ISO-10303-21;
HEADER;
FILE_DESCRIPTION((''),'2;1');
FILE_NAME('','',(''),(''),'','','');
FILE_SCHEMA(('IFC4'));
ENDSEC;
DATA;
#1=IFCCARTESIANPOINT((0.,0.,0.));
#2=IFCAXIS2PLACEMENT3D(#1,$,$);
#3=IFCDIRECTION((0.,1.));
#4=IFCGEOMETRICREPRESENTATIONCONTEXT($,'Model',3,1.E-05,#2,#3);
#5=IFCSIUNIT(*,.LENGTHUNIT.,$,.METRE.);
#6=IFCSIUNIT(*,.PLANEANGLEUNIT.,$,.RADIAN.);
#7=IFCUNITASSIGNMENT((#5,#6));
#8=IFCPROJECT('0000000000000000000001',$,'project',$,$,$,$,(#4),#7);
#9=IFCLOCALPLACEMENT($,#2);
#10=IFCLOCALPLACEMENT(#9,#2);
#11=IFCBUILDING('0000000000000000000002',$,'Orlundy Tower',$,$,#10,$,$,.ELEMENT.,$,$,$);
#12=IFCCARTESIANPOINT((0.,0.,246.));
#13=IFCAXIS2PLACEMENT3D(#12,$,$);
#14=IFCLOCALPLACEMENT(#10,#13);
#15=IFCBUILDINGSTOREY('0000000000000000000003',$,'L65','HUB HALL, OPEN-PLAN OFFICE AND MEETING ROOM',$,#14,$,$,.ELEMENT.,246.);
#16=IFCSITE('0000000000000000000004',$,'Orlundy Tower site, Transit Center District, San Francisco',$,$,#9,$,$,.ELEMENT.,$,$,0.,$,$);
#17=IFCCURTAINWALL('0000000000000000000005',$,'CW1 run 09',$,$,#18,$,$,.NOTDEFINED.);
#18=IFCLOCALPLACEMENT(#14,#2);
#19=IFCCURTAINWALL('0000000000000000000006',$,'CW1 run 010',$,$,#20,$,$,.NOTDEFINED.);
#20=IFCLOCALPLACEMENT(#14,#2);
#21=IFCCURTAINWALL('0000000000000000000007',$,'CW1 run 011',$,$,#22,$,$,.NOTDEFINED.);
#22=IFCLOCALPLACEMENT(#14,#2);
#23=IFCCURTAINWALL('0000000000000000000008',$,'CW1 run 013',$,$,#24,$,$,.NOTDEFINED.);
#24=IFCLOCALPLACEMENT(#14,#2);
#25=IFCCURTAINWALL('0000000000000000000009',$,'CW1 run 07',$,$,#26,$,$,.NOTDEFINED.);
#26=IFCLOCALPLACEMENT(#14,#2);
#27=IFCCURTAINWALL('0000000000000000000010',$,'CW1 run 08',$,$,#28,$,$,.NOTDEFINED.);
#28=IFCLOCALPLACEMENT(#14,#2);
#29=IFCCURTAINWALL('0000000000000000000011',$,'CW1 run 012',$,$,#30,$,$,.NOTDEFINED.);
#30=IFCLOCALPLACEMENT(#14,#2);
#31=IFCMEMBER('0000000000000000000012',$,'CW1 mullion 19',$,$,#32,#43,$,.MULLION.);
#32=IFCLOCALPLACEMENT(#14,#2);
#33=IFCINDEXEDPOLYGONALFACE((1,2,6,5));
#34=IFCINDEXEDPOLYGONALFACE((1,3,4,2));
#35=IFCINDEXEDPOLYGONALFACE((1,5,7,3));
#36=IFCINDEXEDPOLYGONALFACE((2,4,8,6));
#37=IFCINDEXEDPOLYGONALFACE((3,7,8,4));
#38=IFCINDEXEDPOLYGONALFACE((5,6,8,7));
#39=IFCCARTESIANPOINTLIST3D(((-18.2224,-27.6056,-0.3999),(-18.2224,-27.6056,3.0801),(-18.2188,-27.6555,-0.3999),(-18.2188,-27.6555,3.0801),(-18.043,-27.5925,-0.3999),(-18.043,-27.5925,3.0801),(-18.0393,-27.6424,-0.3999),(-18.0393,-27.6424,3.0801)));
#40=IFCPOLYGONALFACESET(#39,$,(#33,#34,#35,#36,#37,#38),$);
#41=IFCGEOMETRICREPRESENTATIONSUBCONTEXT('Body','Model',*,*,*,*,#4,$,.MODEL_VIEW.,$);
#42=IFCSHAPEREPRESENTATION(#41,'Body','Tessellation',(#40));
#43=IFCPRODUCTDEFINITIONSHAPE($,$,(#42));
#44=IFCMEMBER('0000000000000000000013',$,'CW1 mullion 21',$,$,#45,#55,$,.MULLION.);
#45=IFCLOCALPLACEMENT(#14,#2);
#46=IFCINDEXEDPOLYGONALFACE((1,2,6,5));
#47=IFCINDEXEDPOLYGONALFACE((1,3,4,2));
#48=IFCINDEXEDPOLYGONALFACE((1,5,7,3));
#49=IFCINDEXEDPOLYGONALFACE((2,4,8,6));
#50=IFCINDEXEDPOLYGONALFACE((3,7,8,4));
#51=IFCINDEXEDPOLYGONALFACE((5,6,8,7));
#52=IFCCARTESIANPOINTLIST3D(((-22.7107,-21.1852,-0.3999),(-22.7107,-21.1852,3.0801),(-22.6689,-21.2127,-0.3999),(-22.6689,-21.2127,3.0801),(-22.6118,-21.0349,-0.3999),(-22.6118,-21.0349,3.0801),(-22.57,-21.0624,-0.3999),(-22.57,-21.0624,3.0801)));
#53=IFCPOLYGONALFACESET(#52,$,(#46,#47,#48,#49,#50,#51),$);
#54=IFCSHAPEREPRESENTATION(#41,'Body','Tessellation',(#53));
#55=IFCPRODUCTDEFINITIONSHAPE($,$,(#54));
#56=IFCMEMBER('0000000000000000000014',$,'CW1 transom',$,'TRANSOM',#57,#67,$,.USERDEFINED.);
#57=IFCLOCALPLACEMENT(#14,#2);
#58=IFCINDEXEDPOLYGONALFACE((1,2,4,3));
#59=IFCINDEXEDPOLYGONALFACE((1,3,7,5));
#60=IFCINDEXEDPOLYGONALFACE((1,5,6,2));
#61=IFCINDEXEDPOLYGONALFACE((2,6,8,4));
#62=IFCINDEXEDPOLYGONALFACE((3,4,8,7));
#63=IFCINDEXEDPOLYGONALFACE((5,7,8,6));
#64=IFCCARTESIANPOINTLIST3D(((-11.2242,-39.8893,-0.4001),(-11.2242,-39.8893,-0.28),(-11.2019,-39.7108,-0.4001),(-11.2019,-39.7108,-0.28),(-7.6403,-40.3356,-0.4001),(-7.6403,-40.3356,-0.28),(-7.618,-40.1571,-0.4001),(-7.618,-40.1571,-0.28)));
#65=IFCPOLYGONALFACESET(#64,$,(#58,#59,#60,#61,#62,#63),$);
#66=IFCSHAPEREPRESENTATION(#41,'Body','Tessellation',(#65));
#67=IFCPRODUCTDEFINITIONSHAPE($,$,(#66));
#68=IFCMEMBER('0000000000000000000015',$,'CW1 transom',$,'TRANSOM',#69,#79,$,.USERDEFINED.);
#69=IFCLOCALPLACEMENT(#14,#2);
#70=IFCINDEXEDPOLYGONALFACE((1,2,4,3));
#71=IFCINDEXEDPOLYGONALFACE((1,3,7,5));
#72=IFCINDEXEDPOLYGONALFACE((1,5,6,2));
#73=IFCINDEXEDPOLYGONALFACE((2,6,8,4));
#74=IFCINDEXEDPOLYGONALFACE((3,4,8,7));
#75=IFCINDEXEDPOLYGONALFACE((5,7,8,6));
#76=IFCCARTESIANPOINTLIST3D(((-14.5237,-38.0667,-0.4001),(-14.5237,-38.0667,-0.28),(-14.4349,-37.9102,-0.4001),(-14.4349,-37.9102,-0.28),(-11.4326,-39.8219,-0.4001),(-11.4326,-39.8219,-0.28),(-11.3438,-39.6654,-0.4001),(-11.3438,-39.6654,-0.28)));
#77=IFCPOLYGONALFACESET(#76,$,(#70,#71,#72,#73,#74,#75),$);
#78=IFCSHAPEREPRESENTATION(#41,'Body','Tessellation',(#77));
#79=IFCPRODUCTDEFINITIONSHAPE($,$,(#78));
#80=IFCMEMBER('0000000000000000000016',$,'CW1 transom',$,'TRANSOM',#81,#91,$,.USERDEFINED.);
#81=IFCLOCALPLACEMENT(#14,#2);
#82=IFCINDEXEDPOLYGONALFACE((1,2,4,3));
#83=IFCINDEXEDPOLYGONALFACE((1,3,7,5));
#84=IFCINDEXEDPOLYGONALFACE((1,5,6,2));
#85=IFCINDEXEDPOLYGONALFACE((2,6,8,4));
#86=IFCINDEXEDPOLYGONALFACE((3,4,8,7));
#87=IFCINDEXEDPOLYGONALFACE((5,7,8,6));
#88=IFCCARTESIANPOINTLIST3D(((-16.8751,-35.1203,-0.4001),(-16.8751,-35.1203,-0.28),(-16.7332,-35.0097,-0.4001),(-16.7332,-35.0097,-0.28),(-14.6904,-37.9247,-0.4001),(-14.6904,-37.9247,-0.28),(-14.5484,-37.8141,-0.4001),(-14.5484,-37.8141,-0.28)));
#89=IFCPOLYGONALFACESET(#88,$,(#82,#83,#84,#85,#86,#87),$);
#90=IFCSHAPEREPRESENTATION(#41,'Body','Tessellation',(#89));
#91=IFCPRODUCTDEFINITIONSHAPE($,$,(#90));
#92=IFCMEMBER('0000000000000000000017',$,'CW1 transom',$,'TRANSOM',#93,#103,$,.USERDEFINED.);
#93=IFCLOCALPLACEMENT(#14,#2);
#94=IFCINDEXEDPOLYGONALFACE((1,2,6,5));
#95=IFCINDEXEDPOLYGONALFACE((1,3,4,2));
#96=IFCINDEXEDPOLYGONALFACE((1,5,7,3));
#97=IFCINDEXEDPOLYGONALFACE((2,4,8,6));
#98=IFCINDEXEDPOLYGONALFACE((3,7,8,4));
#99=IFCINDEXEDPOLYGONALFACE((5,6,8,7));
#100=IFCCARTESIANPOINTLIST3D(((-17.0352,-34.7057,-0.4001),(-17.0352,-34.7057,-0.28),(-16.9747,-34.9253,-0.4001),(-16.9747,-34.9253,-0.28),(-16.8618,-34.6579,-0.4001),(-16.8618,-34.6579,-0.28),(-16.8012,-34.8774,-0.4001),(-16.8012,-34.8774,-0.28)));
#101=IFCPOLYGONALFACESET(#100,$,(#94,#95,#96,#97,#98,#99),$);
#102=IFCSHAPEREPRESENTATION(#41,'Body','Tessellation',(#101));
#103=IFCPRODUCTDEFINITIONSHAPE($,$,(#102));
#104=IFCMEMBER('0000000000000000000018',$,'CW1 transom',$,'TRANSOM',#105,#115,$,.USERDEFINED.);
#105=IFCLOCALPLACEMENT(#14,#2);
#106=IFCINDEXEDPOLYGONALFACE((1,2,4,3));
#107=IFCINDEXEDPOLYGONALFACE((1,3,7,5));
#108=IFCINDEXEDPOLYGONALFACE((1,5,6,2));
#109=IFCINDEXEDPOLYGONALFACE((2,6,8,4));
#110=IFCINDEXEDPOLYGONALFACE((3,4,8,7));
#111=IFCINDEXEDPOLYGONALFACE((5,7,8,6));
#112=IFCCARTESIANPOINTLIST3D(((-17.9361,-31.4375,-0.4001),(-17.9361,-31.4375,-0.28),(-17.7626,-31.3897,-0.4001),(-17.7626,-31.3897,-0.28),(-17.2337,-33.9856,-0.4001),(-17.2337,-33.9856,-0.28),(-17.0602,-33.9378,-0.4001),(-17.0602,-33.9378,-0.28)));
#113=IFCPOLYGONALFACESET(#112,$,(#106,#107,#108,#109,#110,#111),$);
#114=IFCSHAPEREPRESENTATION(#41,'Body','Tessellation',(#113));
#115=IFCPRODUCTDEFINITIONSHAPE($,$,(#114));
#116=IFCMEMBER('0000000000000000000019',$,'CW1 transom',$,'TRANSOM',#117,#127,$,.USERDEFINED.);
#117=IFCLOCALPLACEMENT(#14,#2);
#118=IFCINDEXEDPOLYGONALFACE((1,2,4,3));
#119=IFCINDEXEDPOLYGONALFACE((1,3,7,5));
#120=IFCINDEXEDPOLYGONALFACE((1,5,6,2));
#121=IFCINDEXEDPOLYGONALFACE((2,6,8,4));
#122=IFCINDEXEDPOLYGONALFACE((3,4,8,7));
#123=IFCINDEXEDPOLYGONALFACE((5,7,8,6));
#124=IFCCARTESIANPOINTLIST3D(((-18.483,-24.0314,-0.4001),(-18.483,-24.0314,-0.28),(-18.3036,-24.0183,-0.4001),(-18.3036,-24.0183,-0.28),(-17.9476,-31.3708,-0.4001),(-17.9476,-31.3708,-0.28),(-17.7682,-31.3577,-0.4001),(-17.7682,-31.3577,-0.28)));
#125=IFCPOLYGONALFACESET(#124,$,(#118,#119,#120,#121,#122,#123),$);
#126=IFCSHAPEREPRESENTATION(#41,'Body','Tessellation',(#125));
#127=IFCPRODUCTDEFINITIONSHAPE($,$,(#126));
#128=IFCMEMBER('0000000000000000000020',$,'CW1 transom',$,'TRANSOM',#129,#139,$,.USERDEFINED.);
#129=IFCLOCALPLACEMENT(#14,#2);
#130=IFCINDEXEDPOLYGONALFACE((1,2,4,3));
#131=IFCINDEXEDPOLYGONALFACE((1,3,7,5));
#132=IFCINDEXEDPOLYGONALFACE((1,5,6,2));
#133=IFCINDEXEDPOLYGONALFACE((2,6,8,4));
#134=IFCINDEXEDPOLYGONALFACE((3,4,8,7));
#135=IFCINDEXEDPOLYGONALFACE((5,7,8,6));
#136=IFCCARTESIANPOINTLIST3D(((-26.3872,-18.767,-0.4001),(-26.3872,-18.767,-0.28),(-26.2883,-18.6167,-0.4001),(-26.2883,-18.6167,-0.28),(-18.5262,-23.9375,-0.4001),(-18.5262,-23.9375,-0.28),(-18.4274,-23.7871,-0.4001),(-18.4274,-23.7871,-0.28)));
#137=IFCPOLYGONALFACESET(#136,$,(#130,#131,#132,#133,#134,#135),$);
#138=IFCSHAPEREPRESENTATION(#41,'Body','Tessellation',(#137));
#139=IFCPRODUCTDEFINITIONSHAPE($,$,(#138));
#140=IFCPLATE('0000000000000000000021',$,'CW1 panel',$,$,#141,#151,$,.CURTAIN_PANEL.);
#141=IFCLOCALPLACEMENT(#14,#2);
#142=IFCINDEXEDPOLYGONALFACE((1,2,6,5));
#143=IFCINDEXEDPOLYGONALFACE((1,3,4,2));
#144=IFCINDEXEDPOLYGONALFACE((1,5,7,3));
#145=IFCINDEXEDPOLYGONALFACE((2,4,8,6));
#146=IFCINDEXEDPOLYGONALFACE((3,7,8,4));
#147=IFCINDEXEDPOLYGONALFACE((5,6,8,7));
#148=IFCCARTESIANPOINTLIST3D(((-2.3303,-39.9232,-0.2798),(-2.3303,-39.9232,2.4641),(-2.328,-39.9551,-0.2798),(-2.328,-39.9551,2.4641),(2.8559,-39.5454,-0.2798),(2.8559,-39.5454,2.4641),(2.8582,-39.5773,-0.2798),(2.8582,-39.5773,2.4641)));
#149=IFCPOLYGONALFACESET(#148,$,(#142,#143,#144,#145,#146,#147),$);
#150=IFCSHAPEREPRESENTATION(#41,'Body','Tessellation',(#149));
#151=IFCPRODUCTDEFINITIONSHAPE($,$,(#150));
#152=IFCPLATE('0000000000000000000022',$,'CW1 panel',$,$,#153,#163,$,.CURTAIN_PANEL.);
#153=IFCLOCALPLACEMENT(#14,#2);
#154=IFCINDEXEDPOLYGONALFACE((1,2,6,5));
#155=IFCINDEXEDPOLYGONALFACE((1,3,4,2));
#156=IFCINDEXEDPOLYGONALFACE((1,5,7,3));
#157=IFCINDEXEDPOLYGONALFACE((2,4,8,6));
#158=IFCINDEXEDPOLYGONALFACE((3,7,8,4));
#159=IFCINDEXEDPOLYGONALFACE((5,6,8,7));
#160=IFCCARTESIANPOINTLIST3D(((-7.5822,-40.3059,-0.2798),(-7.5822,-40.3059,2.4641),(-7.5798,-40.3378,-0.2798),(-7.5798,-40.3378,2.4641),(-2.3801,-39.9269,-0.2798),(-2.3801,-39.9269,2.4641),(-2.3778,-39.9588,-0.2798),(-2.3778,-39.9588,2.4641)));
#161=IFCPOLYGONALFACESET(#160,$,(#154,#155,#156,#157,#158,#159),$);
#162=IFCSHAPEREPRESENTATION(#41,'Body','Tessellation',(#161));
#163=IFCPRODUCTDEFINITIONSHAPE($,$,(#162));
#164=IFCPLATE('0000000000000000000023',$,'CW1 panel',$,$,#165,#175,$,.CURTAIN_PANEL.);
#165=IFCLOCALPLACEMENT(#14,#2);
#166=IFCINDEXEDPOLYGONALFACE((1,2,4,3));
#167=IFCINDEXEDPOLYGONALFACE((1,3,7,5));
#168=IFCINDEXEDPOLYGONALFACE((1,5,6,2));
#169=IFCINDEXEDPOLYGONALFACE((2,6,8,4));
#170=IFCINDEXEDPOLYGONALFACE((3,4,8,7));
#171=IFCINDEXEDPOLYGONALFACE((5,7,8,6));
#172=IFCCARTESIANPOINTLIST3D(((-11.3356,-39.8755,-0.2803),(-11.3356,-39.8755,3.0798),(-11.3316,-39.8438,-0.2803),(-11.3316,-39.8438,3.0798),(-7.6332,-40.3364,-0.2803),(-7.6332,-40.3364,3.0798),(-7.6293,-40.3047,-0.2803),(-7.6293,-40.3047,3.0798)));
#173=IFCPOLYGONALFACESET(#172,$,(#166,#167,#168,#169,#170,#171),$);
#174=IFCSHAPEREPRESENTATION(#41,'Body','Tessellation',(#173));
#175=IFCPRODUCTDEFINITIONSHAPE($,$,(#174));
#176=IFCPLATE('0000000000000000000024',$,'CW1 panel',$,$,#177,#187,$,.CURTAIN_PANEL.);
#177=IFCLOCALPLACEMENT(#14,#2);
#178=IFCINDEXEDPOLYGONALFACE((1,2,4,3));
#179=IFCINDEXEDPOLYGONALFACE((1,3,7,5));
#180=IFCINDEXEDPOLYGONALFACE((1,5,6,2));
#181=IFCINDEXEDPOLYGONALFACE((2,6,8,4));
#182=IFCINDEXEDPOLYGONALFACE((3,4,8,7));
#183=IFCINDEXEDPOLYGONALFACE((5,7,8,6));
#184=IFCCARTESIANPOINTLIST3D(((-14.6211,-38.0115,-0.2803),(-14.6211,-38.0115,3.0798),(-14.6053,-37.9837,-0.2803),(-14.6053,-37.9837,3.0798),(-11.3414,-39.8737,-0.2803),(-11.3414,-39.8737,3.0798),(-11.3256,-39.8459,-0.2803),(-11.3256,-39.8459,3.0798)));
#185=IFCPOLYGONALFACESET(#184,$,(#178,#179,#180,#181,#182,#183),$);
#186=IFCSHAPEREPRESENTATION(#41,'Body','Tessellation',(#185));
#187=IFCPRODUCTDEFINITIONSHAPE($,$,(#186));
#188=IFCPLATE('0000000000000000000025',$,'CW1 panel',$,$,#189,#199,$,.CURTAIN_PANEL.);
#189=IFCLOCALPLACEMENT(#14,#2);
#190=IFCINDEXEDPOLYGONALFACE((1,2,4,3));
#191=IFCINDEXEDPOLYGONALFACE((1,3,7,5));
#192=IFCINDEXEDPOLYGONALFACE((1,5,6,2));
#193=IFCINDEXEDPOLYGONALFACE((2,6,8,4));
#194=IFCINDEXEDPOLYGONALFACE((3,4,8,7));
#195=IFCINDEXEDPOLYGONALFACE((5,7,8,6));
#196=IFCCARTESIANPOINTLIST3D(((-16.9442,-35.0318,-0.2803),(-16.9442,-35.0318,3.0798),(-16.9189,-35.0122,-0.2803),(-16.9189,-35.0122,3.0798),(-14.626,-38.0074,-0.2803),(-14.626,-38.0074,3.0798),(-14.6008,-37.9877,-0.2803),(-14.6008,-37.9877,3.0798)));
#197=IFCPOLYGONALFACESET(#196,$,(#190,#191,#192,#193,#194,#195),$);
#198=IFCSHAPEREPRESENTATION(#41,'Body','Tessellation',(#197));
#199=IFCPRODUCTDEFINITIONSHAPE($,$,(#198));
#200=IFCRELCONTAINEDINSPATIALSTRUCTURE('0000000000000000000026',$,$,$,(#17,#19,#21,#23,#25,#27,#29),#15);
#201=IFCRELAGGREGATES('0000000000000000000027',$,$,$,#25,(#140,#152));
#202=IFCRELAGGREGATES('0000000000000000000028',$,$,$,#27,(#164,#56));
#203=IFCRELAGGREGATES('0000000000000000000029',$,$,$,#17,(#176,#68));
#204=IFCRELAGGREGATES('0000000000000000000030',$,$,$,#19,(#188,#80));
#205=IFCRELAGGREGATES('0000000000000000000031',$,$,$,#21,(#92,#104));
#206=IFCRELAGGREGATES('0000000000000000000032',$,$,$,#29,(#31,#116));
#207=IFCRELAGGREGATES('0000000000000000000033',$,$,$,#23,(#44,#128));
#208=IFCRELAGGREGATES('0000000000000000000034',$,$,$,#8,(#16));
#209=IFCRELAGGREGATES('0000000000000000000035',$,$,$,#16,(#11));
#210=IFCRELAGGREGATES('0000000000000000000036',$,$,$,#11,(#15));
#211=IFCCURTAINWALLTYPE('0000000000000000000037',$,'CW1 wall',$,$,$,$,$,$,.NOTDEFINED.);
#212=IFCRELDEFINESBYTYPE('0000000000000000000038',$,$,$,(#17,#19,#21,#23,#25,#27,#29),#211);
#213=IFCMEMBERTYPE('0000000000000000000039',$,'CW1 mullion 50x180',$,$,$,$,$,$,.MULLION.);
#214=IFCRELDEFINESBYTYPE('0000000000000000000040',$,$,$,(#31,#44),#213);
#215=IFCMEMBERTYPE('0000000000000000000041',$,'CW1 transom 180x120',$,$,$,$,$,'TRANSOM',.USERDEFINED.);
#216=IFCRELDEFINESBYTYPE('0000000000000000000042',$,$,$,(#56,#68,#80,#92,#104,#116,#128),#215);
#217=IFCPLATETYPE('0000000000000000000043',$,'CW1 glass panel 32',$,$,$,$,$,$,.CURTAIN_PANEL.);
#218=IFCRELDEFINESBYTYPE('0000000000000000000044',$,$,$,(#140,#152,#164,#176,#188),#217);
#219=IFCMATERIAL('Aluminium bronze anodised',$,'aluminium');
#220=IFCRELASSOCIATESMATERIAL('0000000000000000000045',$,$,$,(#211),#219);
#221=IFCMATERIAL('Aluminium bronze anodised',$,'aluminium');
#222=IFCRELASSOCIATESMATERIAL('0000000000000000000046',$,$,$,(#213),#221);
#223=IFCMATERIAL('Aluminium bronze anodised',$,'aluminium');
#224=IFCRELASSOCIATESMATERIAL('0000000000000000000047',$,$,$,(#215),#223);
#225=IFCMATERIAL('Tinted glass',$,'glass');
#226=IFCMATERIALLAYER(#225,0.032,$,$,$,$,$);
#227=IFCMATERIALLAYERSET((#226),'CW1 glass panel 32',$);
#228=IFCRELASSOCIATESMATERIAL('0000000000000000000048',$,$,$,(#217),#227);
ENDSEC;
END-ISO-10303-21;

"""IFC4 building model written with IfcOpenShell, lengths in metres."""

from ifc_helpers import new_model, si_unit, direction, frame, origin, origin_2d, place, context, subcontext, project, spatial, rectangle, extrude, material, layer, layer_set, material_profile, profile_set, type_object, element, aggregate, save


model = new_model("IFC4")

# Units and contexts
model_context = context("Model", 3, precision=1e-05, world=origin(), true_north=direction((0.0, 1.0)))
body_context = subcontext(model_context, "Body", "Model", "MODEL_VIEW")
ifc_project = project(units=[si_unit("LENGTHUNIT", "METRE"), si_unit("PLANEANGLEUNIT", "RADIAN")], contexts=[model_context])

# Site, building, storey
site_placement = place(None, origin())
site = spatial("IfcSite", under=ifc_project, at=site_placement, Name="Orlundy Tower site, Transit Center District, San Francisco", CompositionType="ELEMENT", RefElevation=0.0)
building_placement = place(site_placement, origin())
building = spatial("IfcBuilding", under=site, at=building_placement, Name="Orlundy Tower", CompositionType="ELEMENT")
storey_placement = place(building_placement, frame((0.0, 0.0, 246.0)))
storey = spatial("IfcBuildingStorey", under=building, at=storey_placement, Name="L65", Description="HUB HALL, OPEN-PLAN OFFICE AND MEETING ROOM", CompositionType="ELEMENT", Elevation=246.0)

# Curtain walls
ifc_material_1 = material(Name="Aluminium bronze anodised", Category="aluminium")
curtain_wall_type = type_object("IfcCurtainWallType", Name="CW1 wall", PredefinedType="NOTDEFINED", material=ifc_material_1)
curtain_wall_1_placement = place(storey_placement, origin())
curtain_wall_1 = element("IfcCurtainWall", 1, at=curtain_wall_1_placement, inside=storey, type_object=curtain_wall_type, Name="CW1 run 09", PredefinedType="NOTDEFINED")
curtain_wall_2_placement = place(storey_placement, origin())
curtain_wall_2 = element("IfcCurtainWall", 2, at=curtain_wall_2_placement, inside=storey, type_object=curtain_wall_type, Name="CW1 run 010", PredefinedType="NOTDEFINED")
curtain_wall_3_placement = place(storey_placement, origin())
curtain_wall_3 = element("IfcCurtainWall", 3, at=curtain_wall_3_placement, inside=storey, type_object=curtain_wall_type, Name="CW1 run 011", PredefinedType="NOTDEFINED")
curtain_wall_4_placement = place(storey_placement, origin())
curtain_wall_4 = element("IfcCurtainWall", 4, at=curtain_wall_4_placement, inside=storey, type_object=curtain_wall_type, Name="CW1 run 013", PredefinedType="NOTDEFINED")

# Curtain wall
curtain_wall_5_placement = place(storey_placement, origin())
curtain_wall_5 = element("IfcCurtainWall", 5, at=curtain_wall_5_placement, inside=storey, type_object=curtain_wall_type, Name="CW1 run 07", PredefinedType="NOTDEFINED")
ifc_material_2 = material(Name="Aluminium bronze anodised", Category="aluminium")
ifc_material_profile_1 = material_profile(ifc_material_2, rectangle(XDim=0.1799, YDim=0.05, at=origin_2d()), Name="CW1 mullion 50x180")
ifc_profile_set_1 = profile_set([ifc_material_profile_1], Name="Aluminium bronze anodised")
member_type_1 = type_object("IfcMemberType", Name="CW1 mullion 50x180", PredefinedType="MULLION", material=ifc_profile_set_1)

# Curtain wall
curtain_wall_6_placement = place(storey_placement, origin())
curtain_wall_6 = element("IfcCurtainWall", 6, at=curtain_wall_6_placement, inside=storey, type_object=curtain_wall_type, Name="CW1 run 08", PredefinedType="NOTDEFINED")

# Curtain wall, member
curtain_wall_7_placement = place(storey_placement, origin())
curtain_wall_7 = element("IfcCurtainWall", 7, at=curtain_wall_7_placement, inside=storey, type_object=curtain_wall_type, Name="CW1 run 012", PredefinedType="NOTDEFINED")
member_1_placement = place(storey_placement, frame((-18.1309, -27.624, -0.3999), z_axis=(0.0, 0.0, 1.0), x_axis=(-0.99735, -0.072747, 0.0)))
member_1 = element("IfcMember", 8, at=member_1_placement, type_object=member_type_1, Name="CW1 mullion 19", PredefinedType="MULLION", context=body_context, shape_type="SweptSolid", body=[
    extrude(rectangle(XDim=0.1799, YDim=0.05, at=origin_2d()), origin(), (0.0, 0.0, 1.0), 3.48),
])

# Members
member_2_placement = place(storey_placement, frame((-22.6404, -21.1238, -0.3999), z_axis=(0.0, 0.0, 1.0), x_axis=(-0.549527, -0.835476, 0.0)))
member_2 = element("IfcMember", 9, at=member_2_placement, type_object=member_type_1, Name="CW1 mullion 21", PredefinedType="MULLION", context=body_context, shape_type="SweptSolid", body=[
    extrude(rectangle(XDim=0.1799, YDim=0.05, at=origin_2d()), origin(), (0.0, 0.0, 1.0), 3.48),
])
ifc_material_3 = material(Name="Aluminium bronze anodised", Category="aluminium")
ifc_material_profile_2 = material_profile(ifc_material_3, rectangle(XDim=0.1799, YDim=0.1201, at=origin_2d()), Name="CW1 transom 180x120")
ifc_profile_set_2 = profile_set([ifc_material_profile_2], Name="Aluminium bronze anodised")
member_type_2 = type_object("IfcMemberType", Name="CW1 transom 180x120", ElementType="TRANSOM", PredefinedType="USERDEFINED", material=ifc_profile_set_2)
member_3_placement = place(storey_placement, frame((-7.6292, -40.2463, -0.3401), z_axis=(-0.992336, 0.123569, 0.0), x_axis=(-0.123569, -0.992336, 0.0)))
member_3 = element("IfcMember", 10, at=member_3_placement, type_object=member_type_2, Name="CW1 transom", ObjectType="TRANSOM", PredefinedType="USERDEFINED", context=body_context, shape_type="SweptSolid", body=[
    extrude(rectangle(XDim=0.1799, YDim=0.1201, at=origin_2d()), origin(), (0.0, 0.0, 1.0), 3.6116),
])
member_4_placement = place(storey_placement, frame((-11.3882, -39.7437, -0.3401), z_axis=(-0.869597, 0.493763, 0.0), x_axis=(-0.493763, -0.869597, 0.0)))
member_4 = element("IfcMember", 11, at=member_4_placement, type_object=member_type_2, Name="CW1 transom", ObjectType="TRANSOM", PredefinedType="USERDEFINED", context=body_context, shape_type="SweptSolid", body=[
    extrude(rectangle(XDim=0.1799, YDim=0.1201, at=origin_2d()), origin(), (0.0, 0.0, 1.0), 3.5547),
])
member_5_placement = place(storey_placement, frame((-14.6194, -37.8694, -0.3401), z_axis=(-0.614568, 0.788864, 0.0), x_axis=(-0.788864, -0.614568, 0.0)))
member_5 = element("IfcMember", 12, at=member_5_placement, type_object=member_type_2, Name="CW1 transom", ObjectType="TRANSOM", PredefinedType="USERDEFINED", context=body_context, shape_type="SweptSolid", body=[
    extrude(rectangle(XDim=0.1799, YDim=0.1201, at=origin_2d()), origin(), (0.0, 0.0, 1.0), 3.5549),
])
member_6_placement = place(storey_placement, frame((-16.8879, -34.9014, -0.3401), z_axis=(-0.265929, 0.963993, 0.0), x_axis=(-0.963993, -0.265929, 0.0)))
member_6 = element("IfcMember", 13, at=member_6_placement, type_object=member_type_2, Name="CW1 transom", ObjectType="TRANSOM", PredefinedType="USERDEFINED", context=body_context, shape_type="SweptSolid", body=[
    extrude(rectangle(XDim=0.1799, YDim=0.1201, at=origin_2d()), origin(), (0.0, 0.0, 1.0), 0.2278),
])
member_7_placement = place(storey_placement, frame((-17.147, -33.9617, -0.3401), z_axis=(-0.265743, 0.964044, 0.0), x_axis=(-0.964044, -0.265743, 0.0)))
member_7 = element("IfcMember", 14, at=member_7_placement, type_object=member_type_2, Name="CW1 transom", ObjectType="TRANSOM", PredefinedType="USERDEFINED", context=body_context, shape_type="SweptSolid", body=[
    extrude(rectangle(XDim=0.1799, YDim=0.1201, at=origin_2d()), origin(), (0.0, 0.0, 1.0), 2.6431),
])
member_8_placement = place(storey_placement, frame((-17.8579, -31.3643, -0.3401), z_axis=(-0.072756, 0.99735, 0.0), x_axis=(-0.99735, -0.072756, 0.0)))
member_8 = element("IfcMember", 15, at=member_8_placement, type_object=member_type_2, Name="CW1 transom", ObjectType="TRANSOM", PredefinedType="USERDEFINED", context=body_context, shape_type="SweptSolid", body=[
    extrude(rectangle(XDim=0.1799, YDim=0.1201, at=origin_2d()), origin(), (0.0, 0.0, 1.0), 7.3589),
])
member_9_placement = place(storey_placement, frame((-18.4768, -23.8623, -0.3401), z_axis=(-0.835475, 0.549528, 0.0), x_axis=(-0.549528, -0.835475, 0.0)))
member_9 = element("IfcMember", 16, at=member_9_placement, type_object=member_type_2, Name="CW1 transom", ObjectType="TRANSOM", PredefinedType="USERDEFINED", context=body_context, shape_type="SweptSolid", body=[
    extrude(rectangle(XDim=0.1799, YDim=0.1201, at=origin_2d()), origin(), (0.0, 0.0, 1.0), 9.4089),
])

# Plates
ifc_material_4 = material(Name="Tinted glass", Category="glass")
ifc_layer_1 = layer(ifc_material_4, 0.032)
ifc_layer_set_1 = layer_set([ifc_layer_1], Name="CW1 glass panel 32")
plate_type = type_object("IfcPlateType", Name="CW1 glass panel 32", PredefinedType="CURTAIN_PANEL", material=ifc_layer_set_1)
plate_1_placement = place(storey_placement, frame((0.2639, -39.7502, -0.2798), z_axis=(0.0, 0.0, 1.0), x_axis=(-0.997356, -0.072668, 0.0)))
plate_1 = element("IfcPlate", 17, at=plate_1_placement, type_object=plate_type, Name="CW1 panel", PredefinedType="CURTAIN_PANEL", context=body_context, shape_type="SweptSolid", body=[
    extrude(rectangle(XDim=5.2, YDim=0.032, at=origin_2d()), origin(), (0.0, 0.0, 1.0), 2.7439),
])
plate_2_placement = place(storey_placement, frame((-4.98, -40.1323, -0.2798), z_axis=(0.0, 0.0, 1.0), x_axis=(-0.997356, -0.072668, 0.0)))
plate_2 = element("IfcPlate", 18, at=plate_2_placement, type_object=plate_type, Name="CW1 panel", PredefinedType="CURTAIN_PANEL", context=body_context, shape_type="SweptSolid", body=[
    extrude(rectangle(XDim=5.2158, YDim=0.032, at=origin_2d()), origin(), (0.0, 0.0, 1.0), 2.7439),
])
aggregate(curtain_wall_5, [plate_1, plate_2])
plate_3_placement = place(storey_placement, frame((-9.4824, -40.0901, -0.2803), z_axis=(0.0, 0.0, 1.0), x_axis=(-0.99234, 0.123537, 0.0)))
plate_3 = element("IfcPlate", 19, at=plate_3_placement, type_object=plate_type, Name="CW1 panel", PredefinedType="CURTAIN_PANEL", context=body_context, shape_type="SweptSolid", body=[
    extrude(rectangle(XDim=3.731, YDim=0.032, at=origin_2d()), origin(), (0.0, 0.0, 1.0), 3.3601),
])
aggregate(curtain_wall_6, [plate_3, member_3])
plate_4_placement = place(storey_placement, frame((-12.9734, -38.9287, -0.2803), z_axis=(0.0, 0.0, 1.0), x_axis=(-0.869601, 0.493754, 0.0)))
plate_4 = element("IfcPlate", 20, at=plate_4_placement, type_object=plate_type, Name="CW1 panel", PredefinedType="CURTAIN_PANEL", context=body_context, shape_type="SweptSolid", body=[
    extrude(rectangle(XDim=3.7715, YDim=0.032, at=origin_2d()), origin(), (0.0, 0.0, 1.0), 3.3601),
])
aggregate(curtain_wall_1, [plate_4, member_4])
plate_5_placement = place(storey_placement, frame((-15.7725, -36.5098, -0.2803), z_axis=(0.0, 0.0, 1.0), x_axis=(-0.614575, 0.788858, 0.0)))
plate_5 = element("IfcPlate", 21, at=plate_5_placement, type_object=plate_type, Name="CW1 panel", PredefinedType="CURTAIN_PANEL", context=body_context, shape_type="SweptSolid", body=[
    extrude(rectangle(XDim=3.772, YDim=0.032, at=origin_2d()), origin(), (0.0, 0.0, 1.0), 3.3601),
])
aggregate(curtain_wall_2, [plate_5, member_5])
aggregate(curtain_wall_3, [member_6, member_7])
aggregate(curtain_wall_7, [member_1, member_8])
aggregate(curtain_wall_4, [member_2, member_9])

save(model, "model.ifc")
